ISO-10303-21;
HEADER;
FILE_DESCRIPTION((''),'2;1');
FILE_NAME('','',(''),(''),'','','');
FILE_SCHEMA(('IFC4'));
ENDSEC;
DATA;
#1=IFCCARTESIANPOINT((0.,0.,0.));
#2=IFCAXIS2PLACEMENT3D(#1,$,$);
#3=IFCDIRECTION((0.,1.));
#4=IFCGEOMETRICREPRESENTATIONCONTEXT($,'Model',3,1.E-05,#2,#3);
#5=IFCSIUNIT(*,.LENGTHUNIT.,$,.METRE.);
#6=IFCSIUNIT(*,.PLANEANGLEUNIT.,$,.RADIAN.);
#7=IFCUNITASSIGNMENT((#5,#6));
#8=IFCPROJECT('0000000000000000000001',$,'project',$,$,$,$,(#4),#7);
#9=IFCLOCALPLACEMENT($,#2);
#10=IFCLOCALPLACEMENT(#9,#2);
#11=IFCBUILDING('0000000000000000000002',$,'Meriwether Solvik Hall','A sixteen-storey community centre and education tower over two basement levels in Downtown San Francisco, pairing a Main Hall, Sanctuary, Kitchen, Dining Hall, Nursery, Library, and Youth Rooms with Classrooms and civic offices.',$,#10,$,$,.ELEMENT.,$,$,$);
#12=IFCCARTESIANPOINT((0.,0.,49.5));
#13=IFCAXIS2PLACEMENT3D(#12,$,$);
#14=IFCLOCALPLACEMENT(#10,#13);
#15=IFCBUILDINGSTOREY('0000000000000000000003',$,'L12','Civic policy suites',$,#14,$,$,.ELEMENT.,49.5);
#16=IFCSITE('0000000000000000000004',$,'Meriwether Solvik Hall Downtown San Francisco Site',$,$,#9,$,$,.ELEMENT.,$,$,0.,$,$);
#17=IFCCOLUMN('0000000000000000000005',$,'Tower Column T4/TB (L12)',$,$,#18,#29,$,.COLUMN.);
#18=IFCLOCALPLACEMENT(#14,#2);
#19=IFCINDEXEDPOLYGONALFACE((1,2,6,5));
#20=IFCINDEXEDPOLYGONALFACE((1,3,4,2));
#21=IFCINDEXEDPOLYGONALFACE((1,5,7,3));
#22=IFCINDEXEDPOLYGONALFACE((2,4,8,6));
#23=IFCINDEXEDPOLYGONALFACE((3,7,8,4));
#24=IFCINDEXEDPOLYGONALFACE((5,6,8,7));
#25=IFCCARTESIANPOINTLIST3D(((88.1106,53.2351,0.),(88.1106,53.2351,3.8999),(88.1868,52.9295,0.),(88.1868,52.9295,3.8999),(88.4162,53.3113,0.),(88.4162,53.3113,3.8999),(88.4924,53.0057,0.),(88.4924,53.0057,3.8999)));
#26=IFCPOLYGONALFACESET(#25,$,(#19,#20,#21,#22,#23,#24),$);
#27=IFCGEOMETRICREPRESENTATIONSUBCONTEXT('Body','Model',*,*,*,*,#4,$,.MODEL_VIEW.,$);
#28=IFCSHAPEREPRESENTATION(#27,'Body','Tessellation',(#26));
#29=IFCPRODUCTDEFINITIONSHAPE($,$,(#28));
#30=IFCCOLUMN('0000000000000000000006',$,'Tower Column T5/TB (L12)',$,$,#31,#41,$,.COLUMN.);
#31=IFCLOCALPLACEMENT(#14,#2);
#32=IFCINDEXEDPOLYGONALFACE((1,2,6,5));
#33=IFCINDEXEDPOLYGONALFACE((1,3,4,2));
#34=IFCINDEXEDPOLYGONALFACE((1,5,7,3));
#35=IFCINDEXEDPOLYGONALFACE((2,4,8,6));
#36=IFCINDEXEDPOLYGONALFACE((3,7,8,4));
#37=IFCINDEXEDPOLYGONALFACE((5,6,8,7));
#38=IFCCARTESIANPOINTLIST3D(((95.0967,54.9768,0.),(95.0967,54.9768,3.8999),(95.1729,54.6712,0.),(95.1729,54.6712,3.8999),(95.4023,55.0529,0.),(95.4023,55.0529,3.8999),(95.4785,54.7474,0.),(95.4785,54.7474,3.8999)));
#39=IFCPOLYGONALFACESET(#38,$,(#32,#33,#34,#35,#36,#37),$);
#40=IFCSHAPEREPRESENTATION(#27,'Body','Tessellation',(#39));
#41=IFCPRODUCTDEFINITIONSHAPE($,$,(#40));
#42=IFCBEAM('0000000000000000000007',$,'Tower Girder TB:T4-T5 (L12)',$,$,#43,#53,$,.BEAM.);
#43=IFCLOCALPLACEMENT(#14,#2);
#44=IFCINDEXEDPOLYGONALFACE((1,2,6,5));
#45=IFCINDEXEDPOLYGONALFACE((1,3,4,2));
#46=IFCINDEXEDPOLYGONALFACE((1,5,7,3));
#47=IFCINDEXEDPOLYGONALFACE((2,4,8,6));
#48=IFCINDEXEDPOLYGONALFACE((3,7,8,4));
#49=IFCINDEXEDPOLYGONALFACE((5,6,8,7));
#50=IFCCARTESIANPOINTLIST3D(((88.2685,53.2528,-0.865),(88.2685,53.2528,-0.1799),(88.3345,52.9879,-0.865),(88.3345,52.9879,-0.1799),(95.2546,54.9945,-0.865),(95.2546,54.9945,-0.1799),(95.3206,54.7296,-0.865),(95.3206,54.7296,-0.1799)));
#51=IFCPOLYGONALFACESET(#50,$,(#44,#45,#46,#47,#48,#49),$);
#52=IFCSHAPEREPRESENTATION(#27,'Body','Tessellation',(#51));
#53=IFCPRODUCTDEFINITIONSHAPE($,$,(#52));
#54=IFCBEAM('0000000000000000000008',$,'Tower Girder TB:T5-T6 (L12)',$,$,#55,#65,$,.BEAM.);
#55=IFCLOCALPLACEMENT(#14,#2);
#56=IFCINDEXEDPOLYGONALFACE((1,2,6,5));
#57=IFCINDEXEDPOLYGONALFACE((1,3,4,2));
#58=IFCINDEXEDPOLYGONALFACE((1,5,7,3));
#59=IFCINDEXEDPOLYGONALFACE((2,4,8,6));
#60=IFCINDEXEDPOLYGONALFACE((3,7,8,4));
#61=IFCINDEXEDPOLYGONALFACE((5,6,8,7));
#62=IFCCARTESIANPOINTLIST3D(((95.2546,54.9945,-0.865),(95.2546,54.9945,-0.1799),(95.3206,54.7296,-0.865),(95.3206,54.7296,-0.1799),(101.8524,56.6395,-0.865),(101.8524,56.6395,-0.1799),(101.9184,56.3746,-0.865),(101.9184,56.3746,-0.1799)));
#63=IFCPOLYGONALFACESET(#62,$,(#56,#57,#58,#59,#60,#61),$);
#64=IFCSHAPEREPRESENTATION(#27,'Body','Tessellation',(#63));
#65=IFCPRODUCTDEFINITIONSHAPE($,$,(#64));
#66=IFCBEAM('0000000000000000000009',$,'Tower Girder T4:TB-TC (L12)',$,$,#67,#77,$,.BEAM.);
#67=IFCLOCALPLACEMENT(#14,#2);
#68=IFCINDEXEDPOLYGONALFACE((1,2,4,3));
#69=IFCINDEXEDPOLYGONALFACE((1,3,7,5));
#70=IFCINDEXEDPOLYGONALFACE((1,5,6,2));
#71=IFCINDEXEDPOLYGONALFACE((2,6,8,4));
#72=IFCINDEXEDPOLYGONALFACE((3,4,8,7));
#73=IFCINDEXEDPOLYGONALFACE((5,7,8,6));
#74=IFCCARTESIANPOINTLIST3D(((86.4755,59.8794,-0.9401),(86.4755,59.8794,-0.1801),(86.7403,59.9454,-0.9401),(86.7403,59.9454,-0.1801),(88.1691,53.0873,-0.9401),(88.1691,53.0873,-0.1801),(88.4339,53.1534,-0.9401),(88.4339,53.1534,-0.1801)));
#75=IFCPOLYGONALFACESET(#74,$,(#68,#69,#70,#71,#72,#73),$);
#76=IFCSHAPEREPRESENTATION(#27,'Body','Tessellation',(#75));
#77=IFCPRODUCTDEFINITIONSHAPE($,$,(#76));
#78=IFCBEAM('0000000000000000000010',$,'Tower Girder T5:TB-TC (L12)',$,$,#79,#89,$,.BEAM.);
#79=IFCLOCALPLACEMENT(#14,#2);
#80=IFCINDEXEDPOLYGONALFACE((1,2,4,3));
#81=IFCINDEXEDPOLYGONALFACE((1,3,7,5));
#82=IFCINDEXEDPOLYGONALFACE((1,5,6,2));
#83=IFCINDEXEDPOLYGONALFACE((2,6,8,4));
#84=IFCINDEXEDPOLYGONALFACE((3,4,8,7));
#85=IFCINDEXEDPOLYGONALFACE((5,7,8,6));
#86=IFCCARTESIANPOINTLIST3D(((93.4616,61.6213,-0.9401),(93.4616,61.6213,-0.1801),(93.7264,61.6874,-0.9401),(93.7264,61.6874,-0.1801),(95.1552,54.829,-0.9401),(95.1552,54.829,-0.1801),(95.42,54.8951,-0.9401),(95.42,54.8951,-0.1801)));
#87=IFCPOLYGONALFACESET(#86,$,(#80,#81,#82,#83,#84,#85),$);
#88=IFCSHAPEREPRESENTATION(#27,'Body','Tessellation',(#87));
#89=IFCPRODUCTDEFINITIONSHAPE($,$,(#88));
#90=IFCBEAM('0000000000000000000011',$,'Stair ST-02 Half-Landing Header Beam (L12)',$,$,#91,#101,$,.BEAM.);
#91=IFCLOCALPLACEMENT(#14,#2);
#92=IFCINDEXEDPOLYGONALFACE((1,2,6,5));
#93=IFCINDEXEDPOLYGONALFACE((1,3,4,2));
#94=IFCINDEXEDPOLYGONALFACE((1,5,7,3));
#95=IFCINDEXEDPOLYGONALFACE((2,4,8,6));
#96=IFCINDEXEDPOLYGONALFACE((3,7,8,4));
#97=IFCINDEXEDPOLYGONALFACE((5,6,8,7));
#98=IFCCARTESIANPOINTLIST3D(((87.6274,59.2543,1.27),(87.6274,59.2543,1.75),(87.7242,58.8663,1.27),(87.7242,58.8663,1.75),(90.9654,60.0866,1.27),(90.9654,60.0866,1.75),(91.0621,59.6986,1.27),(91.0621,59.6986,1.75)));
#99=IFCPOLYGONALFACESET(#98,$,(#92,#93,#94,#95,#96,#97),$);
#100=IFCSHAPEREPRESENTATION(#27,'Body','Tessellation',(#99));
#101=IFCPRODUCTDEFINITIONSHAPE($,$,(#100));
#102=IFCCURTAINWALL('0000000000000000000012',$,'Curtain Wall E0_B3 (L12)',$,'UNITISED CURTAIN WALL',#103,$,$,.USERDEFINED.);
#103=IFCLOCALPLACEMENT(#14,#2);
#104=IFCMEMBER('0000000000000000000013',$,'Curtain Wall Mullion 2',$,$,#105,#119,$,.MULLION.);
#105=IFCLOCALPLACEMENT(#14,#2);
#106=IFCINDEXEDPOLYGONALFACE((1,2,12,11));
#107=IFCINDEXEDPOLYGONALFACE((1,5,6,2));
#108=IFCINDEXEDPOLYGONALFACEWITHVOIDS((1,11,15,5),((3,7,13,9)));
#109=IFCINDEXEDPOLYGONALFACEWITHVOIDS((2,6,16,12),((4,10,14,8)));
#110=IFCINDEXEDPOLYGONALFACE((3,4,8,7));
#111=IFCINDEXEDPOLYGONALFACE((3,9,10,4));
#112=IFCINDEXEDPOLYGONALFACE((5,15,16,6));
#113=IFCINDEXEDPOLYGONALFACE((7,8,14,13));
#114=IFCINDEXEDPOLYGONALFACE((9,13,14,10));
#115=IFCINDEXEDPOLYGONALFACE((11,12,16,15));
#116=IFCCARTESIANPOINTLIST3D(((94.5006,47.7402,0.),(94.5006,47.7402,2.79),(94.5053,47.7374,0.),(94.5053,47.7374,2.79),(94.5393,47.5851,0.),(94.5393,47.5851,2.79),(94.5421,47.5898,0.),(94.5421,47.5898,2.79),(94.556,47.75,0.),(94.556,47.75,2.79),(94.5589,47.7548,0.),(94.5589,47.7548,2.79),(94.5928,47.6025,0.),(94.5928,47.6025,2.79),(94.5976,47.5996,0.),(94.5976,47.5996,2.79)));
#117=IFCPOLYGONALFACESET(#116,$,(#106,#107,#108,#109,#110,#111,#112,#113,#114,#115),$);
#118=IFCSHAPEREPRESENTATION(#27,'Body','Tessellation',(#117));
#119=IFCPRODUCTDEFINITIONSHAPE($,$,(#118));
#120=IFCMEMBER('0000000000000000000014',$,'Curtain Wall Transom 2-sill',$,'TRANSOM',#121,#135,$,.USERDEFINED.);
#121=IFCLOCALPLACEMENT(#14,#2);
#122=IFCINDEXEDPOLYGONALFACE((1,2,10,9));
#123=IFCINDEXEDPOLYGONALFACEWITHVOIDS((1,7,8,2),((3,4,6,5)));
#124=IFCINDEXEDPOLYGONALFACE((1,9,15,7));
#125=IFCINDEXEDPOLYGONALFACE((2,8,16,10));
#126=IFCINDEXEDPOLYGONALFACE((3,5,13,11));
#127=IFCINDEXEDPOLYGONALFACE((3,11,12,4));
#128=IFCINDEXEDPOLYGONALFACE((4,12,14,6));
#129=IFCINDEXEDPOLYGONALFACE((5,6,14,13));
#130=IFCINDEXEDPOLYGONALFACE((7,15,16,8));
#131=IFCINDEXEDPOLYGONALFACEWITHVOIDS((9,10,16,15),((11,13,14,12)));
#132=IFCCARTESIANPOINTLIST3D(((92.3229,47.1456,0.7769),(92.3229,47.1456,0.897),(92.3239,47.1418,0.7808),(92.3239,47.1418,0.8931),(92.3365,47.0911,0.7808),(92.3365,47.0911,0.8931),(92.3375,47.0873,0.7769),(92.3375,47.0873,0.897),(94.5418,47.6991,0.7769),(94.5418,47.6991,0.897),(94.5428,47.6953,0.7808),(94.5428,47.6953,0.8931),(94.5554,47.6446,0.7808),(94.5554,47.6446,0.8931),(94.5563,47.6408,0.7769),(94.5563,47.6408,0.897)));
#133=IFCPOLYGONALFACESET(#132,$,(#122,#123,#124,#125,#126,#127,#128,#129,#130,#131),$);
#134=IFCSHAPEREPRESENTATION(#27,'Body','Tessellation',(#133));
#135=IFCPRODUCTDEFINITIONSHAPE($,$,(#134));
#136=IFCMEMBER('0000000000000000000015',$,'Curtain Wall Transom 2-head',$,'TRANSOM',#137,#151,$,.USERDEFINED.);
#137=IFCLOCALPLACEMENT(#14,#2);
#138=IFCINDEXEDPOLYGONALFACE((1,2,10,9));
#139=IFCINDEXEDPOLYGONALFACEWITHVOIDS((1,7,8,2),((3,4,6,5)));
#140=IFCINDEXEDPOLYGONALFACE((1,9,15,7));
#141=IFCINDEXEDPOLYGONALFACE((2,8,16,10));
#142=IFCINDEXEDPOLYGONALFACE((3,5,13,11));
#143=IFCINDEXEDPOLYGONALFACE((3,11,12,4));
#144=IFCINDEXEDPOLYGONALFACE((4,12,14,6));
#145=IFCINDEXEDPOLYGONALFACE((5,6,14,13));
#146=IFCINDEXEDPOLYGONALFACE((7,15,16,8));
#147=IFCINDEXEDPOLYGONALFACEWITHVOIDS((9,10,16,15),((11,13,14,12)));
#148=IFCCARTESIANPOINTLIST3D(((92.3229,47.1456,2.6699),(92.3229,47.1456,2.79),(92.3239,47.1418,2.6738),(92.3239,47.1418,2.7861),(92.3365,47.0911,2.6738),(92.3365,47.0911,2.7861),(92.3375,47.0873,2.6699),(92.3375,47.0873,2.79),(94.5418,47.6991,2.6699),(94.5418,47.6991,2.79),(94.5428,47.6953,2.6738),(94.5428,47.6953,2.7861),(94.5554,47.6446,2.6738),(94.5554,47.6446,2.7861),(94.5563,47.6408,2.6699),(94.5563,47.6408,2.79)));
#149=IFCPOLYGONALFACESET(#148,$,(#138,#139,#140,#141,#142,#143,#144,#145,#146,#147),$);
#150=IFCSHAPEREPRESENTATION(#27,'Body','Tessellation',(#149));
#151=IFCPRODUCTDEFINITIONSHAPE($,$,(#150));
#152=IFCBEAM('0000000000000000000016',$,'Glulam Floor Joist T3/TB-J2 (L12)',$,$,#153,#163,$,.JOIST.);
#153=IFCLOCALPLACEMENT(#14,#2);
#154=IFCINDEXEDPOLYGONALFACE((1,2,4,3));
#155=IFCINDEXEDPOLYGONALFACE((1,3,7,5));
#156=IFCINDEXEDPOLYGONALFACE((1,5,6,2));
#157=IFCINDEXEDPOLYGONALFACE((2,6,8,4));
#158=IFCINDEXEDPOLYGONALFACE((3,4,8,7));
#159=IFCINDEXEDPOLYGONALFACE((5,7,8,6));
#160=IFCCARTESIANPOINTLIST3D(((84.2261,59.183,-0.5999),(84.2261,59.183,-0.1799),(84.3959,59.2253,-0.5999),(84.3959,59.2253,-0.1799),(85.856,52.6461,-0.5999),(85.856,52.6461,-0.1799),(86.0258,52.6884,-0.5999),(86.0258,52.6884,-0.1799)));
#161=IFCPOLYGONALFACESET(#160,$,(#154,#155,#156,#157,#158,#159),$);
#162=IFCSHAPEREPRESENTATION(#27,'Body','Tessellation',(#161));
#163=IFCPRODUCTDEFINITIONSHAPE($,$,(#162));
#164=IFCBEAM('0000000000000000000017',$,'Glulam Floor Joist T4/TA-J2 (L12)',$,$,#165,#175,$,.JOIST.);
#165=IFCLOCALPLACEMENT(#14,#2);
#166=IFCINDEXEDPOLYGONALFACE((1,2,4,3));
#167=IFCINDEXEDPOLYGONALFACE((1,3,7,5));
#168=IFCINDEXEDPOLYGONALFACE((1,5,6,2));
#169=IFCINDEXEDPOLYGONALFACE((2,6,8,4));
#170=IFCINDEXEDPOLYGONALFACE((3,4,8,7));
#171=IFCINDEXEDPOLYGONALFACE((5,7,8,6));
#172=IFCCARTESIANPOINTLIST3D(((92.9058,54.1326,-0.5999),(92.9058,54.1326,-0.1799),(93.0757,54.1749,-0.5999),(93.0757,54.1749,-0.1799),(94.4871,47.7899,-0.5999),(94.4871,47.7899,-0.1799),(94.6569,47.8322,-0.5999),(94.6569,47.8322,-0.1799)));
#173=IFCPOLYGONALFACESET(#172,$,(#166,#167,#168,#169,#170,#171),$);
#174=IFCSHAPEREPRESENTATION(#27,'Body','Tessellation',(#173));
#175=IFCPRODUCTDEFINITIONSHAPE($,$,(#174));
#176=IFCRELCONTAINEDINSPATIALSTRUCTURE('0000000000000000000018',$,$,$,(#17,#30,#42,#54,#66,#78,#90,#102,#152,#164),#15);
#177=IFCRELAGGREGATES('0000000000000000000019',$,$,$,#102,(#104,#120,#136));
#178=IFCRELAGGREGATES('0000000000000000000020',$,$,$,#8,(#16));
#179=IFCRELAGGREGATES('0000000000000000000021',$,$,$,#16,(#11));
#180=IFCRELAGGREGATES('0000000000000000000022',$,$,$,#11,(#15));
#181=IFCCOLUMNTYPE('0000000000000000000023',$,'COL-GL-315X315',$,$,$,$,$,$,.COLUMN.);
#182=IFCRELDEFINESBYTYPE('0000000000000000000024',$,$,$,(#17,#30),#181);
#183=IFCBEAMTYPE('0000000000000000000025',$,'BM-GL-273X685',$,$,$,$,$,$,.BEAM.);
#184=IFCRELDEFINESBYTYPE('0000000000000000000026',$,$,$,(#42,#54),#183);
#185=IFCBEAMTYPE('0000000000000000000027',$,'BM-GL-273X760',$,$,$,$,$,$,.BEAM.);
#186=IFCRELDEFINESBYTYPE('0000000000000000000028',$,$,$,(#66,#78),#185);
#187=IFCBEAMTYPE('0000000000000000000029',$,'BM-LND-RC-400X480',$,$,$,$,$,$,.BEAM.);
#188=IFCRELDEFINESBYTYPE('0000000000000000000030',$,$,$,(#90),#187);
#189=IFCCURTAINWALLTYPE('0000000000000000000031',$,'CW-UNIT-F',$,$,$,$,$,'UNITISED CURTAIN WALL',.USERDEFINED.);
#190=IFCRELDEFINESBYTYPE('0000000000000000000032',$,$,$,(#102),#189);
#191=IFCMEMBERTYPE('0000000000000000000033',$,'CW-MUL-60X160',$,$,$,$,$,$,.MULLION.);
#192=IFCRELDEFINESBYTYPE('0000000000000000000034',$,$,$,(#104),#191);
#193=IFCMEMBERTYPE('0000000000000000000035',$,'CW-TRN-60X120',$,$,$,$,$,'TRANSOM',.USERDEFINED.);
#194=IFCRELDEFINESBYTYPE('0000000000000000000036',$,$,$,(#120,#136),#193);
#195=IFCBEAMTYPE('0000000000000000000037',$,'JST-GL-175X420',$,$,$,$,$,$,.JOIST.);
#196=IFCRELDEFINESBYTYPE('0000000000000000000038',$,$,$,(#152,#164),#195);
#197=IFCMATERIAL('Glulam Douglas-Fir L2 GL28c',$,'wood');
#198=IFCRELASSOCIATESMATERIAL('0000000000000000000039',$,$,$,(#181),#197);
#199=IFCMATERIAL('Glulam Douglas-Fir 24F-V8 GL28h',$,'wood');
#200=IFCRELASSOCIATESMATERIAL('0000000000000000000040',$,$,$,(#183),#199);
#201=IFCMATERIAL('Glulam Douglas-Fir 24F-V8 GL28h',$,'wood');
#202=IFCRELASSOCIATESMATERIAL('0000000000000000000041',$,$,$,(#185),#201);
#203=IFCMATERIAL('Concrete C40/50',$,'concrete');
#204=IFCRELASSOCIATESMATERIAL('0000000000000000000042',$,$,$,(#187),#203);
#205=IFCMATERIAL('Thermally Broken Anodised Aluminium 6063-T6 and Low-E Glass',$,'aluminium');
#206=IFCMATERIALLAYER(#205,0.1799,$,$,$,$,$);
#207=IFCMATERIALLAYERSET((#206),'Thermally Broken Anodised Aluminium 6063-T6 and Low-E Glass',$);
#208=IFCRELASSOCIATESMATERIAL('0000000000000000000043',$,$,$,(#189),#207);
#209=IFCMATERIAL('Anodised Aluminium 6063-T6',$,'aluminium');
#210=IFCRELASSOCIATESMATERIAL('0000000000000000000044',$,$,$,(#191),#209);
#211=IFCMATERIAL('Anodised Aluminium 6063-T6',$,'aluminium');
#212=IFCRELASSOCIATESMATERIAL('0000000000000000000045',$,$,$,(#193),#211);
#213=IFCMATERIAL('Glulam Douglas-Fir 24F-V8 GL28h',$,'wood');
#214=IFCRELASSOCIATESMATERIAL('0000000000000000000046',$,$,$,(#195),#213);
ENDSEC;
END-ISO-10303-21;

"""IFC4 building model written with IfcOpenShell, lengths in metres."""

from ifc_helpers import new_model, si_unit, direction, frame, origin, origin_2d, place, context, subcontext, project, spatial, rectangle, hollow_rectangle, extrude, material, layer, layer_set, material_profile, profile_set, type_object, element, aggregate, save


model = new_model("IFC4")

# Units and contexts
model_context = context("Model", 3, precision=1e-05, world=origin(), true_north=direction((0.0, 1.0)))
body_context = subcontext(model_context, "Body", "Model", "MODEL_VIEW")
ifc_project = project(units=[si_unit("LENGTHUNIT", "METRE"), si_unit("PLANEANGLEUNIT", "RADIAN")], contexts=[model_context])

# Site, building, storey
site_placement = place(None, origin())
site = spatial("IfcSite", under=ifc_project, at=site_placement, Name="Meriwether Solvik Hall Downtown San Francisco Site", CompositionType="ELEMENT", RefElevation=0.0)
building_placement = place(site_placement, origin())
building = spatial("IfcBuilding", under=site, at=building_placement, Name="Meriwether Solvik Hall", Description="A sixteen-storey community centre and education tower over two basement levels in Downtown San Francisco, pairing a Main Hall, Sanctuary, Kitchen, Dining Hall, Nursery, Library, and Youth Rooms with Classrooms and civic offices.", CompositionType="ELEMENT")
storey_placement = place(building_placement, frame((0.0, 0.0, 49.5)))
storey = spatial("IfcBuildingStorey", under=building, at=storey_placement, Name="L12", Description="Civic policy suites", CompositionType="ELEMENT", Elevation=49.5)

# Columns
ifc_material_1 = material(Name="Glulam Douglas-Fir L2 GL28c", Category="wood")
ifc_material_profile_1 = material_profile(ifc_material_1, rectangle(XDim=0.3149, YDim=0.3149, at=origin_2d()), Name="GLC-315X315")
ifc_profile_set_1 = profile_set([ifc_material_profile_1], Name="Glulam Douglas-Fir L2 GL28c")
column_type = type_object("IfcColumnType", Name="COL-GL-315X315", PredefinedType="COLUMN", material=ifc_profile_set_1)
for number, where, z_axis, x_axis, name in (
    (1, (88.3015, 53.1204, 0.0), (0.0, 0.0, 1.0), (0.970296, 0.241922, 0.0), "Tower Column T4/TB (L12)"),
    (2, (95.2876, 54.8621, 0.0), (0.0, 0.0, 1.0), (0.970296, 0.241922, 0.0), "Tower Column T5/TB (L12)"),
):
    element("IfcColumn", number, at=place(storey_placement, frame(where, z_axis=z_axis, x_axis=x_axis)), inside=storey, type_object=column_type, Name=name, PredefinedType="COLUMN", context=body_context, shape_type="SweptSolid", body=[
        extrude(rectangle(XDim=0.3149, YDim=0.3149, at=origin_2d()), origin(), (0.0, 0.0, 1.0), 3.8999),
    ])

# Beams
ifc_material_2 = material(Name="Glulam Douglas-Fir 24F-V8 GL28h", Category="wood")
ifc_material_profile_2 = material_profile(ifc_material_2, rectangle(XDim=0.2729, YDim=0.6851, at=origin_2d()), Name="GLB-273X685")
ifc_profile_set_2 = profile_set([ifc_material_profile_2], Name="Glulam Douglas-Fir 24F-V8 GL28h")
beam_type_1 = type_object("IfcBeamType", Name="BM-GL-273X685", PredefinedType="BEAM", material=ifc_profile_set_2)
beam_1_placement = place(storey_placement, frame((88.3015, 53.1204, -0.5225), z_axis=(0.9703, 0.241905, 0.0), x_axis=(-0.241905, 0.9703, 0.0)))
element("IfcBeam", 3, at=beam_1_placement, inside=storey, type_object=beam_type_1, Name="Tower Girder TB:T4-T5 (L12)", PredefinedType="BEAM", context=body_context, shape_type="SweptSolid", body=[
    extrude(rectangle(XDim=0.2729, YDim=0.6851, at=origin_2d()), origin(), (0.0, 0.0, 1.0), 7.2),
])
beam_2_placement = place(storey_placement, frame((95.2876, 54.8621, -0.5225), z_axis=(0.970296, 0.241919, 0.0), x_axis=(-0.241919, 0.970296, 0.0)))
element("IfcBeam", 4, at=beam_2_placement, inside=storey, type_object=beam_type_1, Name="Tower Girder TB:T5-T6 (L12)", PredefinedType="BEAM", context=body_context, shape_type="SweptSolid", body=[
    extrude(rectangle(XDim=0.2729, YDim=0.6851, at=origin_2d()), origin(), (0.0, 0.0, 1.0), 6.7998),
])
ifc_material_3 = material(Name="Glulam Douglas-Fir 24F-V8 GL28h", Category="wood")
ifc_material_profile_3 = material_profile(ifc_material_3, rectangle(XDim=0.2729, YDim=0.76, at=origin_2d()), Name="GLB-273X760")
ifc_profile_set_3 = profile_set([ifc_material_profile_3], Name="Glulam Douglas-Fir 24F-V8 GL28h")
beam_type_2 = type_object("IfcBeamType", Name="BM-GL-273X760", PredefinedType="BEAM", material=ifc_profile_set_3)
beam_3_placement = place(storey_placement, frame((88.3015, 53.1204, -0.5601), z_axis=(-0.241945, 0.97029, 0.0), x_axis=(-0.97029, -0.241945, 0.0)))
element("IfcBeam", 5, at=beam_3_placement, inside=storey, type_object=beam_type_2, Name="Tower Girder T4:TB-TC (L12)", PredefinedType="BEAM", context=body_context, shape_type="SweptSolid", body=[
    extrude(rectangle(XDim=0.2729, YDim=0.76, at=origin_2d()), origin(), (0.0, 0.0, 1.0), 7.0),
])
beam_4_placement = place(storey_placement, frame((95.2876, 54.8621, -0.5601), z_axis=(-0.241937, 0.970292, 0.0), x_axis=(-0.970292, -0.241937, 0.0)))
element("IfcBeam", 6, at=beam_4_placement, inside=storey, type_object=beam_type_2, Name="Tower Girder T5:TB-TC (L12)", PredefinedType="BEAM", context=body_context, shape_type="SweptSolid", body=[
    extrude(rectangle(XDim=0.2729, YDim=0.76, at=origin_2d()), origin(), (0.0, 0.0, 1.0), 7.0002),
])
ifc_material_4 = material(Name="Concrete C40/50", Category="concrete")
ifc_material_profile_4 = material_profile(ifc_material_4, rectangle(XDim=0.3999, YDim=0.48, at=origin_2d()), Name="RCB-400X480")
ifc_profile_set_4 = profile_set([ifc_material_profile_4], Name="Concrete C40/50")
beam_type_3 = type_object("IfcBeamType", Name="BM-LND-RC-400X480", PredefinedType="BEAM", material=ifc_profile_set_4)
beam_5_placement = place(storey_placement, frame((87.6758, 59.0603, 1.51), z_axis=(0.970293, 0.241934, 0.0), x_axis=(-0.241934, 0.970293, 0.0)))
element("IfcBeam", 7, at=beam_5_placement, inside=storey, type_object=beam_type_3, Name="Stair ST-02 Half-Landing Header Beam (L12)", PredefinedType="BEAM", context=body_context, shape_type="SweptSolid", body=[
    extrude(rectangle(XDim=0.3999, YDim=0.48, at=origin_2d()), origin(), (0.0, 0.0, 1.0), 3.4402),
])

# Curtain wall, members
ifc_material_5 = material(Name="Thermally Broken Anodised Aluminium 6063-T6 and Low-E Glass", Category="aluminium")
ifc_layer_1 = layer(ifc_material_5, 0.1799)
ifc_layer_set_1 = layer_set([ifc_layer_1], Name="Thermally Broken Anodised Aluminium 6063-T6 and Low-E Glass")
curtain_wall_type = type_object("IfcCurtainWallType", Name="CW-UNIT-F", ElementType="UNITISED CURTAIN WALL", PredefinedType="USERDEFINED", material=ifc_layer_set_1)
curtain_wall_placement = place(storey_placement, origin())
curtain_wall = element("IfcCurtainWall", 8, at=curtain_wall_placement, inside=storey, type_object=curtain_wall_type, Name="Curtain Wall E0_B3 (L12)", ObjectType="UNITISED CURTAIN WALL", PredefinedType="USERDEFINED")
ifc_material_6 = material(Name="Anodised Aluminium 6063-T6", Category="aluminium")
ifc_material_profile_5 = material_profile(ifc_material_6, hollow_rectangle(XDim=0.0601, YDim=0.1599, WallThickness=0.0039, at=origin_2d()), Name="CWM-60X160")
ifc_profile_set_5 = profile_set([ifc_material_profile_5], Name="Anodised Aluminium 6063-T6")
member_type_1 = type_object("IfcMemberType", Name="CW-MUL-60X160", PredefinedType="MULLION", material=ifc_profile_set_5)
member_1_placement = place(storey_placement, frame((94.5491, 47.6699, 0.0), z_axis=(0.0, 0.0, 1.0), x_axis=(-0.970296, -0.241922, 0.0)))
member_1 = element("IfcMember", 9, at=member_1_placement, type_object=member_type_1, Name="Curtain Wall Mullion 2", PredefinedType="MULLION", context=body_context, shape_type="SweptSolid", body=[
    extrude(hollow_rectangle(XDim=0.0601, YDim=0.1599, WallThickness=0.0039, at=origin_2d()), origin(), (0.0, 0.0, 1.0), 2.79),
])
ifc_material_7 = material(Name="Anodised Aluminium 6063-T6", Category="aluminium")
ifc_material_profile_6 = material_profile(ifc_material_7, hollow_rectangle(XDim=0.0601, YDim=0.1201, WallThickness=0.0039, at=origin_2d()), Name="CWT-60X120")
ifc_profile_set_6 = profile_set([ifc_material_profile_6], Name="Anodised Aluminium 6063-T6")
member_type_2 = type_object("IfcMemberType", Name="CW-TRN-60X120", ElementType="TRANSOM", PredefinedType="USERDEFINED", material=ifc_profile_set_6)
member_2_placement = place(storey_placement, frame((94.5491, 47.6699, 0.8369), z_axis=(-0.970274, -0.242008, 0.0), x_axis=(0.242008, -0.970274, 0.0)))
member_2 = element("IfcMember", 10, at=member_2_placement, type_object=member_type_2, Name="Curtain Wall Transom 2-sill", ObjectType="TRANSOM", PredefinedType="USERDEFINED", context=body_context, shape_type="SweptSolid", body=[
    extrude(hollow_rectangle(XDim=0.0601, YDim=0.1201, WallThickness=0.0039, at=origin_2d()), origin(), (0.0, 0.0, 1.0), 2.2869),
])
member_3_placement = place(storey_placement, frame((94.5491, 47.6699, 2.73), z_axis=(-0.970274, -0.242008, 0.0), x_axis=(0.242008, -0.970274, 0.0)))
member_3 = element("IfcMember", 11, at=member_3_placement, type_object=member_type_2, Name="Curtain Wall Transom 2-head", ObjectType="TRANSOM", PredefinedType="USERDEFINED", context=body_context, shape_type="SweptSolid", body=[
    extrude(hollow_rectangle(XDim=0.0601, YDim=0.1201, WallThickness=0.0039, at=origin_2d()), origin(), (0.0, 0.0, 1.0), 2.2869),
])

# Beams
ifc_material_8 = material(Name="Glulam Douglas-Fir 24F-V8 GL28h", Category="wood")
ifc_material_profile_7 = material_profile(ifc_material_8, rectangle(XDim=0.175, YDim=0.4199, at=origin_2d()), Name="GLJ-175X420")
ifc_profile_set_7 = profile_set([ifc_material_profile_7], Name="Glulam Douglas-Fir 24F-V8 GL28h")
beam_type_4 = type_object("IfcBeamType", Name="JST-GL-175X420", PredefinedType="JOIST", material=ifc_profile_set_7)
beam_6_placement = place(storey_placement, frame((85.9409, 52.6672, -0.3899), z_axis=(-0.24193, 0.970294, 0.0), x_axis=(-0.970294, -0.24193, 0.0)))
element("IfcBeam", 12, at=beam_6_placement, inside=storey, type_object=beam_type_4, Name="Glulam Floor Joist T3/TB-J2 (L12)", PredefinedType="JOIST", context=body_context, shape_type="SweptSolid", body=[
    extrude(rectangle(XDim=0.175, YDim=0.4199, at=origin_2d()), origin(), (0.0, 0.0, 1.0), 6.7371),
])
beam_7_placement = place(storey_placement, frame((94.572, 47.811, -0.3899), z_axis=(-0.241903, 0.9703, 0.0), x_axis=(-0.9703, -0.241903, 0.0)))
element("IfcBeam", 13, at=beam_7_placement, inside=storey, type_object=beam_type_4, Name="Glulam Floor Joist T4/TA-J2 (L12)", PredefinedType="JOIST", context=body_context, shape_type="SweptSolid", body=[
    extrude(rectangle(XDim=0.175, YDim=0.4199, at=origin_2d()), origin(), (0.0, 0.0, 1.0), 6.5369),
])

aggregate(curtain_wall, [member_1, member_2, member_3])

save(model, "model.ifc")
